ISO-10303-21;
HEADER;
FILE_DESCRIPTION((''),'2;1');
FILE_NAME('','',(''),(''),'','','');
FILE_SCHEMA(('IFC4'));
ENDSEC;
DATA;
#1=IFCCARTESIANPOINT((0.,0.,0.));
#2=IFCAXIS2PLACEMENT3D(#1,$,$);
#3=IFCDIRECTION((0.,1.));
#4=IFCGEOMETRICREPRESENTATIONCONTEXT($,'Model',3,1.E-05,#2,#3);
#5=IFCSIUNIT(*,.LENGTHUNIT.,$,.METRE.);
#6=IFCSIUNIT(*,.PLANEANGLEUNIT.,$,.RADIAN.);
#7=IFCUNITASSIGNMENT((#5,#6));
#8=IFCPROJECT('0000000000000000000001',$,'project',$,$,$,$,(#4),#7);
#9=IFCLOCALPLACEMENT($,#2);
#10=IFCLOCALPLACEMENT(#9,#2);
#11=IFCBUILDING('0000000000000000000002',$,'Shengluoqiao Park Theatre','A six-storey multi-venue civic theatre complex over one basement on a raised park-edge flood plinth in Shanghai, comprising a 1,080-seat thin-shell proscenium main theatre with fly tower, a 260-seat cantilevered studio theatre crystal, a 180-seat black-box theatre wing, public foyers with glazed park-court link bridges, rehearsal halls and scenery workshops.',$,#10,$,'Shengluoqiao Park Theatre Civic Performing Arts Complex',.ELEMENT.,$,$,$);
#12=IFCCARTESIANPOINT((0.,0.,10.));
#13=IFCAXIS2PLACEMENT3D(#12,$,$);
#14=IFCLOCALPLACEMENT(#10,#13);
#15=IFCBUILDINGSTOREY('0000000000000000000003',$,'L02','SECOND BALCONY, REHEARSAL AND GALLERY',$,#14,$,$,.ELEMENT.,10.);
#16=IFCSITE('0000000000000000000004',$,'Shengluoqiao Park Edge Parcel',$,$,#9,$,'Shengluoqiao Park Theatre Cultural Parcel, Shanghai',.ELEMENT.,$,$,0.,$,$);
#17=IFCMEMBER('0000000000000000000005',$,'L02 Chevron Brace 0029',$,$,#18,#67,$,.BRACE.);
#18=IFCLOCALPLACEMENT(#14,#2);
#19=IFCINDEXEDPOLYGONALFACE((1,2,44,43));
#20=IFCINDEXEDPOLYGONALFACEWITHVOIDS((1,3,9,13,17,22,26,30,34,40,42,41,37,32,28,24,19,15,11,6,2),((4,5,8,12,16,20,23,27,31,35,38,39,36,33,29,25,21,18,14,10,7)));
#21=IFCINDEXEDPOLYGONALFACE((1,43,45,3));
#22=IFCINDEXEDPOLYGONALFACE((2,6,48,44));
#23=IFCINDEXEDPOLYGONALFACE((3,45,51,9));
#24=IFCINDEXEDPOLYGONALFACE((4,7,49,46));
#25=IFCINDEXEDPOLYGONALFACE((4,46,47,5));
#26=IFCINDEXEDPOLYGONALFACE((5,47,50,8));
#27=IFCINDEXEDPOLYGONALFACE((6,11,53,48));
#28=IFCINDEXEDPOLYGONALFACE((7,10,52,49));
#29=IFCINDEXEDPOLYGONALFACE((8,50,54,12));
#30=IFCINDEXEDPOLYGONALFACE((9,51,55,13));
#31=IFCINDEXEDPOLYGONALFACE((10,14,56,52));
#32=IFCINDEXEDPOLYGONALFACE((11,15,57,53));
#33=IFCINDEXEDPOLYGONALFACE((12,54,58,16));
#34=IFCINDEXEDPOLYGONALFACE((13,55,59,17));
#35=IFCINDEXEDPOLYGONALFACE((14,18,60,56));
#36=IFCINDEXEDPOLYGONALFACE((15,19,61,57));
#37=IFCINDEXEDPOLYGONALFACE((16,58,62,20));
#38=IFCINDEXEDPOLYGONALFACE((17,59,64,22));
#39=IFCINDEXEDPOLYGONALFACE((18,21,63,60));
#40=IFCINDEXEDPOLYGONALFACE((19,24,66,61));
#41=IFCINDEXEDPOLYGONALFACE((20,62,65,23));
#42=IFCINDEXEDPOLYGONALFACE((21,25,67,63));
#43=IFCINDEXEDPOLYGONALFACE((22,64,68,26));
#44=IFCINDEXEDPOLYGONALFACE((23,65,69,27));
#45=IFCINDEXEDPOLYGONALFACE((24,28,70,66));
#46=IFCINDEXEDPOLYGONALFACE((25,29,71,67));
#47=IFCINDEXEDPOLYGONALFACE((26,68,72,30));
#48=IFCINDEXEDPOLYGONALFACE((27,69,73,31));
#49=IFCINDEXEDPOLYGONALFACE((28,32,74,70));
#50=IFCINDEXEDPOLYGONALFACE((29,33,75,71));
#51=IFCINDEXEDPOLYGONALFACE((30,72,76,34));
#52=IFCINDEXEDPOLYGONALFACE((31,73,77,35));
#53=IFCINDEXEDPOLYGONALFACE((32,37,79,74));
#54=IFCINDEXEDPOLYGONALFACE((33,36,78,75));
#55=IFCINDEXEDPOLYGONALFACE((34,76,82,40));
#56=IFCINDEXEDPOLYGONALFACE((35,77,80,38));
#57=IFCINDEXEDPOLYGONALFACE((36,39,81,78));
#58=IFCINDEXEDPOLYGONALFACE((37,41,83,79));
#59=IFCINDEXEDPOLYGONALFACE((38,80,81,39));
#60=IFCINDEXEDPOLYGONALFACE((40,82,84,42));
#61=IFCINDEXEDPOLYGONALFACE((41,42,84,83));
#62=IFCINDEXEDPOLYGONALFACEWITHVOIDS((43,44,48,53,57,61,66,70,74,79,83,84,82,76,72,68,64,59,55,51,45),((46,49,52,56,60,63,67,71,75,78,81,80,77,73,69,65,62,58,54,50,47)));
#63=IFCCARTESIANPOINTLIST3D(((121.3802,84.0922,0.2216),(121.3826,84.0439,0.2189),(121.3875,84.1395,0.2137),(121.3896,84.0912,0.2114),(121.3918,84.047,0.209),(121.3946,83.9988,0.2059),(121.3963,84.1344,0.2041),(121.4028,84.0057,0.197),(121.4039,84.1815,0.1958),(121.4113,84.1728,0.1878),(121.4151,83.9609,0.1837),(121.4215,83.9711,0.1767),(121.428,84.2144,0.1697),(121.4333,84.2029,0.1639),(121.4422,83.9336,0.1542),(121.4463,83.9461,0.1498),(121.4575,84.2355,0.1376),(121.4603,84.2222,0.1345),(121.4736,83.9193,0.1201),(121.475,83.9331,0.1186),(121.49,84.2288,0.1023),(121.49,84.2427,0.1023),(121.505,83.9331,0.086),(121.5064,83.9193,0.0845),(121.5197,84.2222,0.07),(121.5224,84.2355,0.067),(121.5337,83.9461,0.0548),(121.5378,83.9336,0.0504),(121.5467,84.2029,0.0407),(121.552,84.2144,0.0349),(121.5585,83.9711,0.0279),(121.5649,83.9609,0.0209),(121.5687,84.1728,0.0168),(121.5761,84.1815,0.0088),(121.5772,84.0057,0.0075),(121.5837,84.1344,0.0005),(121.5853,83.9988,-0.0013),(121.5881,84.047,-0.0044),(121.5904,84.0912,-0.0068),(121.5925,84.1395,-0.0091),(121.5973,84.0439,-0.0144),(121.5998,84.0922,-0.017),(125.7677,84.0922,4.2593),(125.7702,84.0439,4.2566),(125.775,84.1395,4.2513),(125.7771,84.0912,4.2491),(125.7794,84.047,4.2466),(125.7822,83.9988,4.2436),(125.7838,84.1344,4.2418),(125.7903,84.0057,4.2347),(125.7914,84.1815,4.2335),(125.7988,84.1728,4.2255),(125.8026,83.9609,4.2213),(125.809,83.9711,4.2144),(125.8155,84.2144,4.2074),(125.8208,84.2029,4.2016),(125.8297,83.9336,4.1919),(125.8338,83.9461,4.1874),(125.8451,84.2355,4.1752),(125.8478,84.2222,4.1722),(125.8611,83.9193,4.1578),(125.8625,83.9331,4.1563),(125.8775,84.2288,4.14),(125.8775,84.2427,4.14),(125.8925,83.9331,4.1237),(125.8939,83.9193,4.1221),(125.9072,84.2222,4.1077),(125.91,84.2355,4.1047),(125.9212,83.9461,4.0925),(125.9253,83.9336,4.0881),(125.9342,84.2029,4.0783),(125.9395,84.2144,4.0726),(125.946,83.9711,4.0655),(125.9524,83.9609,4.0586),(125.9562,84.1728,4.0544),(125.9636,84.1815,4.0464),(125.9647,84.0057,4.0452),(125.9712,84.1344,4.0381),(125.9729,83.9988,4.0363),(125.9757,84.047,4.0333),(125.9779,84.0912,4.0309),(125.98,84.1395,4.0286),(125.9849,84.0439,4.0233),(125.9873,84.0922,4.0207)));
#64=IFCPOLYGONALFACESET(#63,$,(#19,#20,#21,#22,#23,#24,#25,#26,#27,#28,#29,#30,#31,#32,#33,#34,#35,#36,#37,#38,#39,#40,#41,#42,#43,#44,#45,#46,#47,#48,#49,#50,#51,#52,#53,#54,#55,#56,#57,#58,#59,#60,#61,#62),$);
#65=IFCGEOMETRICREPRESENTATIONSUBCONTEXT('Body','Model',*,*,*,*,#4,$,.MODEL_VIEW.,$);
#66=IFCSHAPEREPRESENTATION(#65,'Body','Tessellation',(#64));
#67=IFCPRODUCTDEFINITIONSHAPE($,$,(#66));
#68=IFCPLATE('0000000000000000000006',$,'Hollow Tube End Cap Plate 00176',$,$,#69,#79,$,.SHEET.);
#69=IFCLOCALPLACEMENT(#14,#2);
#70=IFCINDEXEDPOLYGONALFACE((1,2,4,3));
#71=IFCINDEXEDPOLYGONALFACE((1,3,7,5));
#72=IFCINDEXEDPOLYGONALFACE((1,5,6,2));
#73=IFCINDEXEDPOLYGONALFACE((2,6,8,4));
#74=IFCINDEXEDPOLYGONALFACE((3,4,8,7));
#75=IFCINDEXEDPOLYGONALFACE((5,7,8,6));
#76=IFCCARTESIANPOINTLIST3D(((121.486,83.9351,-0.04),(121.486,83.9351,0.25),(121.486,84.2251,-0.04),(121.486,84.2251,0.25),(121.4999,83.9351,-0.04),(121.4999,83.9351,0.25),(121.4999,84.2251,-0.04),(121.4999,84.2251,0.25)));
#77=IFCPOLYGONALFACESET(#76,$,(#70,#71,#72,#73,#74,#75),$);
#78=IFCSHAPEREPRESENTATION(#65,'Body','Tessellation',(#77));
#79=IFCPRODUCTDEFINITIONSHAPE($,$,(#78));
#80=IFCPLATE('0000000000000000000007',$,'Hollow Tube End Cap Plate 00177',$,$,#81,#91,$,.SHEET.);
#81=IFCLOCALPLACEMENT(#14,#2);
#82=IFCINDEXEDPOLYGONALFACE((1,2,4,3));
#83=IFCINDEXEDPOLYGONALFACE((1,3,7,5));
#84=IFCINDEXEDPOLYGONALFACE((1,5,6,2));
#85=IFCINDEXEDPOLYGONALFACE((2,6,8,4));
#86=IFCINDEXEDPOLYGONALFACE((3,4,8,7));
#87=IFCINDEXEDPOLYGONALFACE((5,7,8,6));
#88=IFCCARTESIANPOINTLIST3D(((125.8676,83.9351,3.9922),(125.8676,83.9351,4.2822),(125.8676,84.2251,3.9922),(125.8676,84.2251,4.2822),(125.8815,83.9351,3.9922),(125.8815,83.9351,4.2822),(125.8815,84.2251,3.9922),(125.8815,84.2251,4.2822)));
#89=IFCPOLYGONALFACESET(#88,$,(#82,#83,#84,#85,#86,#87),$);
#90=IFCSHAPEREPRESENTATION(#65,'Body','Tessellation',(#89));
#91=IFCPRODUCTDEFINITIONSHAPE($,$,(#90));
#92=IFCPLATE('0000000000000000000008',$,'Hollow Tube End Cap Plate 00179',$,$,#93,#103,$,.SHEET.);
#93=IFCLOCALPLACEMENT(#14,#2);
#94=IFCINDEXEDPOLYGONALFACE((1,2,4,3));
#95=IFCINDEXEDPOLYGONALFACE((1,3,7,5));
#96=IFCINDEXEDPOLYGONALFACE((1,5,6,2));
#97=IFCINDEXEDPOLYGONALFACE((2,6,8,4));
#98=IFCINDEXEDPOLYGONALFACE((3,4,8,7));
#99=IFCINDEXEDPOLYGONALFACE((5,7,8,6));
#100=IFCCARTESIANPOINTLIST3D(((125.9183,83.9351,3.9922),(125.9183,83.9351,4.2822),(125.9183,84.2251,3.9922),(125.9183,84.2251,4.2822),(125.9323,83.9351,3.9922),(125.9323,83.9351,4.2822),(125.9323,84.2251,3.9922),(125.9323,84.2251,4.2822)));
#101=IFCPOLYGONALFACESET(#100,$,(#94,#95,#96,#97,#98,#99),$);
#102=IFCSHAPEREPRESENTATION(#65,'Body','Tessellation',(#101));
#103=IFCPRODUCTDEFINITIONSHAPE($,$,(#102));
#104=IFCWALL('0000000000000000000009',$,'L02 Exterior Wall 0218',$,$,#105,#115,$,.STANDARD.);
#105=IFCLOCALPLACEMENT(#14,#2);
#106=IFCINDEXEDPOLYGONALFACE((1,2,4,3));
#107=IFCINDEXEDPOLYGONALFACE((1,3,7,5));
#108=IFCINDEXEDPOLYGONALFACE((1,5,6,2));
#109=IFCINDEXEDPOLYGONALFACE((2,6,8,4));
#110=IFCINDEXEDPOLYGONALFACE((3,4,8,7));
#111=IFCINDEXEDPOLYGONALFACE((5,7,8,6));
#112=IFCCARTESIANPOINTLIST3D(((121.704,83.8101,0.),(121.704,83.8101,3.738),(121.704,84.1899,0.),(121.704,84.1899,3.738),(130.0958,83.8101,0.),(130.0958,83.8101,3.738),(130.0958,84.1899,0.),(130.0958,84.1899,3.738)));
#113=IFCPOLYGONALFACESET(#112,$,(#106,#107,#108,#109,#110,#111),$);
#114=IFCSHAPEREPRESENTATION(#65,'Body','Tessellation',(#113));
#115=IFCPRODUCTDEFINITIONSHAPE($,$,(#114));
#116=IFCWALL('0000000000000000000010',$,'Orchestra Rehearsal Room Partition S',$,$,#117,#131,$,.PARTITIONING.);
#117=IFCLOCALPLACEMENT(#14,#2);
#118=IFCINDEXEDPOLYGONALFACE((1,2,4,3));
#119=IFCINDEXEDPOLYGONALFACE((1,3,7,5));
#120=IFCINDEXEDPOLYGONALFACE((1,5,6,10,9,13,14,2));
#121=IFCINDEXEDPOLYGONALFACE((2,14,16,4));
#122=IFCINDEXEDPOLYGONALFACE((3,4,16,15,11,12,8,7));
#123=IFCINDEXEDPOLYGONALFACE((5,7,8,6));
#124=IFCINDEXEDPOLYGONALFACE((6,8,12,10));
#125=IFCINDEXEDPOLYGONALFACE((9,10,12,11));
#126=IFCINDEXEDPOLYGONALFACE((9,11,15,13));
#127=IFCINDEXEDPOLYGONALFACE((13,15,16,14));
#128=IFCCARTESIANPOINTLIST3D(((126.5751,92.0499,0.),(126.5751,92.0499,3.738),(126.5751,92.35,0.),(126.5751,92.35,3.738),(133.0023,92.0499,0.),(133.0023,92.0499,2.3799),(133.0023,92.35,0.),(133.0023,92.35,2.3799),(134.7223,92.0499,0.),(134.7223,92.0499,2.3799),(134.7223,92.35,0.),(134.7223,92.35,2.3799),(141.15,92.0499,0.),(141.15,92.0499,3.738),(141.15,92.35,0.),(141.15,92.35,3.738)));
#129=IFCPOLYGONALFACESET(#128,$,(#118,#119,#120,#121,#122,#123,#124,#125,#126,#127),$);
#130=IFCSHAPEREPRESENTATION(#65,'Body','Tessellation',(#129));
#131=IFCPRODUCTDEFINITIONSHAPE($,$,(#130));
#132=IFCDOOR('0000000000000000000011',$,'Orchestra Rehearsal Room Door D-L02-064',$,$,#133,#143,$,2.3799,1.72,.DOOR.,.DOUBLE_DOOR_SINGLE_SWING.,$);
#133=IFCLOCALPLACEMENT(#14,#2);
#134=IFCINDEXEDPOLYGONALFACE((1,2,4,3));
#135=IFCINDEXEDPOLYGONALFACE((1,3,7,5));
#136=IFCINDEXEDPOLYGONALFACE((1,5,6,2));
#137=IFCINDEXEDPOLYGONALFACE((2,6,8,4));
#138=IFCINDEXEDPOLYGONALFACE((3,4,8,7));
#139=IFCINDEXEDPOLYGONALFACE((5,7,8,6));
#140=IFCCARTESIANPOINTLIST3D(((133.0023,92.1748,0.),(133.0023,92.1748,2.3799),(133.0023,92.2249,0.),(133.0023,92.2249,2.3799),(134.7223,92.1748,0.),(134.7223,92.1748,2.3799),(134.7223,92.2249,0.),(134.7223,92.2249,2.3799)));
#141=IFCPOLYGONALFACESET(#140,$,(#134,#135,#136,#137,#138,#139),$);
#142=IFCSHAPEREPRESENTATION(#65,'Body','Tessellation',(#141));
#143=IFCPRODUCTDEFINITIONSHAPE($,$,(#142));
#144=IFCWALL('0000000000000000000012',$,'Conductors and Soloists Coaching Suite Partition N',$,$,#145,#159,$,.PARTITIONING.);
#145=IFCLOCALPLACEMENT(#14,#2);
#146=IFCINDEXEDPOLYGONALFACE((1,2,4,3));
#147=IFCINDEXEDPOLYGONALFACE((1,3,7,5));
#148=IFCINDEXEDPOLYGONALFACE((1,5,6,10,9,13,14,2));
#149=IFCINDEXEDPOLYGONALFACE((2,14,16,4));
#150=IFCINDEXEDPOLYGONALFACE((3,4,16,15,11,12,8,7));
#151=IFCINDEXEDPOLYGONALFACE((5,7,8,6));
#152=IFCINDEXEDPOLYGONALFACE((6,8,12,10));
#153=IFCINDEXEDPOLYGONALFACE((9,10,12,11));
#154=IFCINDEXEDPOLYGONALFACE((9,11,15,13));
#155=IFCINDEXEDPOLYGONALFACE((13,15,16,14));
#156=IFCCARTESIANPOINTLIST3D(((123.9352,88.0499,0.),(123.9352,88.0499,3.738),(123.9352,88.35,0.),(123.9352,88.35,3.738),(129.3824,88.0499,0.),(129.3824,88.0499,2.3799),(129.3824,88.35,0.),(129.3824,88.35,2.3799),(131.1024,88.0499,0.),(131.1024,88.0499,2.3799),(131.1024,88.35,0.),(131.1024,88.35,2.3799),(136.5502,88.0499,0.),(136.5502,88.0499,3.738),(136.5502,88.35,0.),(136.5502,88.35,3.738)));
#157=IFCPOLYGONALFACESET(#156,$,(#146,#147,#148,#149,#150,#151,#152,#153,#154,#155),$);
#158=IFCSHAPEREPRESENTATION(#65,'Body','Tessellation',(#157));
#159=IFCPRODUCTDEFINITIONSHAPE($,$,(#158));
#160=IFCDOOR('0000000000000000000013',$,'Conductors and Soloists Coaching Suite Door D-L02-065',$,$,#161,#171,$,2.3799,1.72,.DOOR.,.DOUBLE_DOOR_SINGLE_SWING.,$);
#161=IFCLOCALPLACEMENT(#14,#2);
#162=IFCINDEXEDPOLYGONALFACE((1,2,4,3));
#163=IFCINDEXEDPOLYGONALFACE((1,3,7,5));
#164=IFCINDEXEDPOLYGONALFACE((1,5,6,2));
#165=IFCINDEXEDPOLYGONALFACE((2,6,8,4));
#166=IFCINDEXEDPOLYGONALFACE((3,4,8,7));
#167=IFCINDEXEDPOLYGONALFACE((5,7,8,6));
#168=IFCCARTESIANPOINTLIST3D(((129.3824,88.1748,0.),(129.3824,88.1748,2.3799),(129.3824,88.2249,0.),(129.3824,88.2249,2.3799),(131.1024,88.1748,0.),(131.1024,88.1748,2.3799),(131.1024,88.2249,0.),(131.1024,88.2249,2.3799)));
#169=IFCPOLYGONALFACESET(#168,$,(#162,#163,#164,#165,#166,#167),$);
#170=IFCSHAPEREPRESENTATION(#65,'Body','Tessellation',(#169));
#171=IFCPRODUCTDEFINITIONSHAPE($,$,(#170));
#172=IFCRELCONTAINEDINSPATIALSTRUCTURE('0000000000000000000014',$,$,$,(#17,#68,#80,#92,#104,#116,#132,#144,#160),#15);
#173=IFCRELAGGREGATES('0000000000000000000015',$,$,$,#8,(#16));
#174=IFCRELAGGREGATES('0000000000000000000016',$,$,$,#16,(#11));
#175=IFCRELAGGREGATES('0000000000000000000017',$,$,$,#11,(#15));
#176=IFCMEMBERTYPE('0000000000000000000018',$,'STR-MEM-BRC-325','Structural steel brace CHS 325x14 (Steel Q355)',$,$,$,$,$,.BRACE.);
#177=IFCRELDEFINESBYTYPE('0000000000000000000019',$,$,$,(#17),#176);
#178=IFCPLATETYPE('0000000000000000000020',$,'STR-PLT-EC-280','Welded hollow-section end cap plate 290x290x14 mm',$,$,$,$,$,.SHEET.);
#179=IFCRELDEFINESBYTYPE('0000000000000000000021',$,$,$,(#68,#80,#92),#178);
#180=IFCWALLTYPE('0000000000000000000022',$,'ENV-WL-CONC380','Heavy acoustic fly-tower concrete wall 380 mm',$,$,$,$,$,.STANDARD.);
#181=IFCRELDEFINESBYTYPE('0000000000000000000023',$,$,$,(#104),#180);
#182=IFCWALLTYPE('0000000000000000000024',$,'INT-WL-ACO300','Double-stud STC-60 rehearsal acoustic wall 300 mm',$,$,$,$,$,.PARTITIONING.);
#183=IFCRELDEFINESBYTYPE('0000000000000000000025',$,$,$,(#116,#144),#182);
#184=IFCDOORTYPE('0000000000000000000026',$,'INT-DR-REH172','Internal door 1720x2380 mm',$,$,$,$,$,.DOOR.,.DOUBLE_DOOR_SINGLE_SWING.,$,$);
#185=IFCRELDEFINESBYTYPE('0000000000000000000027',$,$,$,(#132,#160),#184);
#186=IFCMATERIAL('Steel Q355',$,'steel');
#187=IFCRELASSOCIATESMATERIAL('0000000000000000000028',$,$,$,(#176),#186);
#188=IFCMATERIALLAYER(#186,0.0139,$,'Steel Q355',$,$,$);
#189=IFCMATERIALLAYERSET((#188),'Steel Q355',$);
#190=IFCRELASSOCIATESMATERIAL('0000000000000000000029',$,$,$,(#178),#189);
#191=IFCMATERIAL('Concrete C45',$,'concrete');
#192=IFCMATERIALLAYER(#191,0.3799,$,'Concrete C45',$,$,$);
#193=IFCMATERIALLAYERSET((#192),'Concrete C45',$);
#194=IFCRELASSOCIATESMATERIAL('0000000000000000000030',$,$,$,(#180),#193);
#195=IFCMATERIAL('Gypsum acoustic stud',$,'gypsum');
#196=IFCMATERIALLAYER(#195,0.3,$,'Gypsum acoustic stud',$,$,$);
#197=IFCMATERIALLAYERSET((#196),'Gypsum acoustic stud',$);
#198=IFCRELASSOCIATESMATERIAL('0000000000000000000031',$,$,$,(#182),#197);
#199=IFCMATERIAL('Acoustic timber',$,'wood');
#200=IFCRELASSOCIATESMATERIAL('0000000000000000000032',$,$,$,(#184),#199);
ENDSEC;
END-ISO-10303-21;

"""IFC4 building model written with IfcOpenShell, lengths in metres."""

from ifc_helpers import new_model, si_unit, direction, frame, frame_2d, origin, origin_2d, place, context, subcontext, project, spatial, rectangle, hollow_circle, extrude, material, layer, layer_set, material_profile, profile_set, type_object, element, fill, save


model = new_model("IFC4")

# Units and contexts
model_context = context("Model", 3, precision=1e-05, world=origin(), true_north=direction((0.0, 1.0)))
body_context = subcontext(model_context, "Body", "Model", "MODEL_VIEW")
ifc_project = project(units=[si_unit("LENGTHUNIT", "METRE"), si_unit("PLANEANGLEUNIT", "RADIAN")], contexts=[model_context])

# Site, building, storey
site_placement = place(None, origin())
site = spatial("IfcSite", under=ifc_project, at=site_placement, Name="Shengluoqiao Park Edge Parcel", LongName="Shengluoqiao Park Theatre Cultural Parcel, Shanghai", CompositionType="ELEMENT", RefElevation=0.0)
building_placement = place(site_placement, origin())
building = spatial("IfcBuilding", under=site, at=building_placement, Name="Shengluoqiao Park Theatre", Description="A six-storey multi-venue civic theatre complex over one basement on a raised park-edge flood plinth in Shanghai, comprising a 1,080-seat thin-shell proscenium main theatre with fly tower, a 260-seat cantilevered studio theatre crystal, a 180-seat black-box theatre wing, public foyers with glazed park-court link bridges, rehearsal halls and scenery workshops.", LongName="Shengluoqiao Park Theatre Civic Performing Arts Complex", CompositionType="ELEMENT")
storey_placement = place(building_placement, frame((0.0, 0.0, 10.0)))
storey = spatial("IfcBuildingStorey", under=building, at=storey_placement, Name="L02", Description="SECOND BALCONY, REHEARSAL AND GALLERY", CompositionType="ELEMENT", Elevation=10.0)

# Shared definitions
ifc_material_1 = material(Name="Steel Q355", Category="steel")

# Member
ifc_material_profile_1 = material_profile(ifc_material_1, hollow_circle(Radius=0.1626, WallThickness=0.0139, at=origin_2d()), Name="CHS 325x14")
ifc_profile_set_1 = profile_set([ifc_material_profile_1], Name="Steel Q355")
member_type = type_object("IfcMemberType", Name="STR-MEM-BRC-325", Description="Structural steel brace CHS 325x14 (Steel Q355)", PredefinedType="BRACE", material=ifc_profile_set_1)
member_placement = place(storey_placement, frame((121.49, 84.0801, 0.1023), z_axis=(0.735836, 0.0, 0.67716), x_axis=(0.0, 1.0, 0.0)))
element("IfcMember", 1, at=member_placement, inside=storey, type_object=member_type, Name="L02 Chevron Brace 0029", PredefinedType="BRACE", context=body_context, shape_type="SweptSolid", body=[
    extrude(hollow_circle(Radius=0.1626, WallThickness=0.0139, at=origin_2d()), origin(), (0.0, 0.0, 1.0), 5.9626),
])

# Plates
ifc_layer_1 = layer(ifc_material_1, 0.0139, Name="Steel Q355")
ifc_layer_set_1 = layer_set([ifc_layer_1], Name="Steel Q355")
plate_type = type_object("IfcPlateType", Name="STR-PLT-EC-280", Description="Welded hollow-section end cap plate 290x290x14 mm", PredefinedType="SHEET", material=ifc_layer_set_1)
for number, where, z_axis, x_axis, name in (
    (2, (121.4929, 84.0801, -0.04), (0.0, 0.0, 1.0), (1.0, 0.0, 0.0), "Hollow Tube End Cap Plate 00176"),
    (3, (125.8745, 84.0801, 3.9922), (0.0, 0.0, 1.0), (1.0, 0.0, 0.0), "Hollow Tube End Cap Plate 00177"),
    (4, (125.9253, 84.0801, 3.9922), (0.0, 0.0, 1.0), (-1.0, 0.0, 0.0), "Hollow Tube End Cap Plate 00179"),
):
    element("IfcPlate", number, at=place(storey_placement, frame(where, z_axis=z_axis, x_axis=x_axis)), inside=storey, type_object=plate_type, Name=name, PredefinedType="SHEET", context=body_context, shape_type="SweptSolid", body=[
        extrude(rectangle(XDim=0.0139, YDim=0.29, at=origin_2d()), origin(), (0.0, 0.0, 1.0), 0.29),
    ])

# Wall
ifc_material_2 = material(Name="Concrete C45", Category="concrete")
ifc_layer_2 = layer(ifc_material_2, 0.3799, Name="Concrete C45")
ifc_layer_set_2 = layer_set([ifc_layer_2], Name="Concrete C45")
wall_type_1 = type_object("IfcWallType", Name="ENV-WL-CONC380", Description="Heavy acoustic fly-tower concrete wall 380 mm", PredefinedType="STANDARD", material=ifc_layer_set_2)
wall_1_placement = place(storey_placement, frame((121.7041, 84.0, 0.0), z_axis=(0.0, 0.0, 1.0), x_axis=(1.0, 0.0, 0.0)))
element("IfcWall", 5, at=wall_1_placement, inside=storey, type_object=wall_type_1, Name="L02 Exterior Wall 0218", PredefinedType="STANDARD", context=body_context, shape_type="SweptSolid", body=[
    extrude(rectangle(XDim=8.3918, YDim=0.3799, at=frame_2d((4.1958, 0.0))), origin(), (0.0, 0.0, 1.0), 3.738),
])

# Walls, openings, doors
ifc_material_3 = material(Name="Gypsum acoustic stud", Category="gypsum")
ifc_layer_3 = layer(ifc_material_3, 0.3, Name="Gypsum acoustic stud")
ifc_layer_set_3 = layer_set([ifc_layer_3], Name="Gypsum acoustic stud")
wall_type_2 = type_object("IfcWallType", Name="INT-WL-ACO300", Description="Double-stud STC-60 rehearsal acoustic wall 300 mm", PredefinedType="PARTITIONING", material=ifc_layer_set_3)
wall_2_placement = place(storey_placement, frame((126.575, 92.2, 0.0), z_axis=(0.0, 0.0, 1.0), x_axis=(1.0, 0.0, 0.0)))
wall_2 = element("IfcWall", 6, at=wall_2_placement, inside=storey, type_object=wall_type_2, Name="Orchestra Rehearsal Room Partition S", PredefinedType="PARTITIONING", context=body_context, shape_type="SweptSolid", body=[
    extrude(rectangle(XDim=14.575, YDim=0.3, at=frame_2d((7.2876, 0.0))), origin(), (0.0, 0.0, 1.0), 3.738),
])
opening_1_placement = place(wall_2_placement, frame((6.4275, 0.0, 0.0)))
opening_1 = element("IfcOpeningElement", 7, at=opening_1_placement, cuts=wall_2, PredefinedType="OPENING", context=body_context, shape_type="SweptSolid", body=[
    extrude(rectangle(XDim=1.72, YDim=2.3799, at=frame_2d((0.8599, 1.1899))), frame((0.0, 0.1599, 0.0), z_axis=(0.0, -1.0, 0.0), x_axis=(1.0, 0.0, 0.0)), (0.0, 0.0, 1.0), 0.3201),
])
ifc_material_4 = material(Name="Acoustic timber", Category="wood")
door_type_1 = type_object("IfcDoorType", Name="INT-DR-REH172", Description="Internal door 1720x2380 mm", OperationType="DOUBLE_DOOR_SINGLE_SWING", PredefinedType="DOOR", material=ifc_material_4)
door_1_placement = place(opening_1_placement, origin())
door_1 = element("IfcDoor", 8, at=door_1_placement, inside=storey, type_object=door_type_1, Name="Orchestra Rehearsal Room Door D-L02-064", OperationType="DOUBLE_DOOR_SINGLE_SWING", OverallHeight=2.3799, OverallWidth=1.72, PredefinedType="DOOR", context=body_context, shape_type="SweptSolid", body=[
    extrude(rectangle(XDim=1.72, YDim=2.3799, at=frame_2d((0.8599, 1.1899))), frame((0.0, 0.0249, 0.0), z_axis=(0.0, -1.0, 0.0), x_axis=(1.0, 0.0, 0.0)), (0.0, 0.0, 1.0), 0.05),
])
fill(opening_1, door_1)
wall_3_placement = place(storey_placement, frame((123.9351, 88.2, 0.0), z_axis=(0.0, 0.0, 1.0), x_axis=(1.0, 0.0, 0.0)))
wall_3 = element("IfcWall", 9, at=wall_3_placement, inside=storey, type_object=wall_type_2, Name="Conductors and Soloists Coaching Suite Partition N", PredefinedType="PARTITIONING", context=body_context, shape_type="SweptSolid", body=[
    extrude(rectangle(XDim=12.615, YDim=0.3, at=frame_2d((6.3076, 0.0))), origin(), (0.0, 0.0, 1.0), 3.738),
])
opening_2_placement = place(wall_3_placement, frame((5.4475, 0.0, 0.0)))
opening_2 = element("IfcOpeningElement", 10, at=opening_2_placement, cuts=wall_3, PredefinedType="OPENING", context=body_context, shape_type="SweptSolid", body=[
    extrude(rectangle(XDim=1.72, YDim=2.3799, at=frame_2d((0.8599, 1.1899))), frame((0.0, 0.1599, 0.0), z_axis=(0.0, -1.0, 0.0), x_axis=(1.0, 0.0, 0.0)), (0.0, 0.0, 1.0), 0.3201),
])
door_2_placement = place(opening_2_placement, origin())
door_2 = element("IfcDoor", 11, at=door_2_placement, inside=storey, type_object=door_type_1, Name="Conductors and Soloists Coaching Suite Door D-L02-065", OperationType="DOUBLE_DOOR_SINGLE_SWING", OverallHeight=2.3799, OverallWidth=1.72, PredefinedType="DOOR", context=body_context, shape_type="SweptSolid", body=[
    extrude(rectangle(XDim=1.72, YDim=2.3799, at=frame_2d((0.8599, 1.1899))), frame((0.0, 0.0249, 0.0), z_axis=(0.0, -1.0, 0.0), x_axis=(1.0, 0.0, 0.0)), (0.0, 0.0, 1.0), 0.05),
])
fill(opening_2, door_2)

save(model, "model.ifc")
